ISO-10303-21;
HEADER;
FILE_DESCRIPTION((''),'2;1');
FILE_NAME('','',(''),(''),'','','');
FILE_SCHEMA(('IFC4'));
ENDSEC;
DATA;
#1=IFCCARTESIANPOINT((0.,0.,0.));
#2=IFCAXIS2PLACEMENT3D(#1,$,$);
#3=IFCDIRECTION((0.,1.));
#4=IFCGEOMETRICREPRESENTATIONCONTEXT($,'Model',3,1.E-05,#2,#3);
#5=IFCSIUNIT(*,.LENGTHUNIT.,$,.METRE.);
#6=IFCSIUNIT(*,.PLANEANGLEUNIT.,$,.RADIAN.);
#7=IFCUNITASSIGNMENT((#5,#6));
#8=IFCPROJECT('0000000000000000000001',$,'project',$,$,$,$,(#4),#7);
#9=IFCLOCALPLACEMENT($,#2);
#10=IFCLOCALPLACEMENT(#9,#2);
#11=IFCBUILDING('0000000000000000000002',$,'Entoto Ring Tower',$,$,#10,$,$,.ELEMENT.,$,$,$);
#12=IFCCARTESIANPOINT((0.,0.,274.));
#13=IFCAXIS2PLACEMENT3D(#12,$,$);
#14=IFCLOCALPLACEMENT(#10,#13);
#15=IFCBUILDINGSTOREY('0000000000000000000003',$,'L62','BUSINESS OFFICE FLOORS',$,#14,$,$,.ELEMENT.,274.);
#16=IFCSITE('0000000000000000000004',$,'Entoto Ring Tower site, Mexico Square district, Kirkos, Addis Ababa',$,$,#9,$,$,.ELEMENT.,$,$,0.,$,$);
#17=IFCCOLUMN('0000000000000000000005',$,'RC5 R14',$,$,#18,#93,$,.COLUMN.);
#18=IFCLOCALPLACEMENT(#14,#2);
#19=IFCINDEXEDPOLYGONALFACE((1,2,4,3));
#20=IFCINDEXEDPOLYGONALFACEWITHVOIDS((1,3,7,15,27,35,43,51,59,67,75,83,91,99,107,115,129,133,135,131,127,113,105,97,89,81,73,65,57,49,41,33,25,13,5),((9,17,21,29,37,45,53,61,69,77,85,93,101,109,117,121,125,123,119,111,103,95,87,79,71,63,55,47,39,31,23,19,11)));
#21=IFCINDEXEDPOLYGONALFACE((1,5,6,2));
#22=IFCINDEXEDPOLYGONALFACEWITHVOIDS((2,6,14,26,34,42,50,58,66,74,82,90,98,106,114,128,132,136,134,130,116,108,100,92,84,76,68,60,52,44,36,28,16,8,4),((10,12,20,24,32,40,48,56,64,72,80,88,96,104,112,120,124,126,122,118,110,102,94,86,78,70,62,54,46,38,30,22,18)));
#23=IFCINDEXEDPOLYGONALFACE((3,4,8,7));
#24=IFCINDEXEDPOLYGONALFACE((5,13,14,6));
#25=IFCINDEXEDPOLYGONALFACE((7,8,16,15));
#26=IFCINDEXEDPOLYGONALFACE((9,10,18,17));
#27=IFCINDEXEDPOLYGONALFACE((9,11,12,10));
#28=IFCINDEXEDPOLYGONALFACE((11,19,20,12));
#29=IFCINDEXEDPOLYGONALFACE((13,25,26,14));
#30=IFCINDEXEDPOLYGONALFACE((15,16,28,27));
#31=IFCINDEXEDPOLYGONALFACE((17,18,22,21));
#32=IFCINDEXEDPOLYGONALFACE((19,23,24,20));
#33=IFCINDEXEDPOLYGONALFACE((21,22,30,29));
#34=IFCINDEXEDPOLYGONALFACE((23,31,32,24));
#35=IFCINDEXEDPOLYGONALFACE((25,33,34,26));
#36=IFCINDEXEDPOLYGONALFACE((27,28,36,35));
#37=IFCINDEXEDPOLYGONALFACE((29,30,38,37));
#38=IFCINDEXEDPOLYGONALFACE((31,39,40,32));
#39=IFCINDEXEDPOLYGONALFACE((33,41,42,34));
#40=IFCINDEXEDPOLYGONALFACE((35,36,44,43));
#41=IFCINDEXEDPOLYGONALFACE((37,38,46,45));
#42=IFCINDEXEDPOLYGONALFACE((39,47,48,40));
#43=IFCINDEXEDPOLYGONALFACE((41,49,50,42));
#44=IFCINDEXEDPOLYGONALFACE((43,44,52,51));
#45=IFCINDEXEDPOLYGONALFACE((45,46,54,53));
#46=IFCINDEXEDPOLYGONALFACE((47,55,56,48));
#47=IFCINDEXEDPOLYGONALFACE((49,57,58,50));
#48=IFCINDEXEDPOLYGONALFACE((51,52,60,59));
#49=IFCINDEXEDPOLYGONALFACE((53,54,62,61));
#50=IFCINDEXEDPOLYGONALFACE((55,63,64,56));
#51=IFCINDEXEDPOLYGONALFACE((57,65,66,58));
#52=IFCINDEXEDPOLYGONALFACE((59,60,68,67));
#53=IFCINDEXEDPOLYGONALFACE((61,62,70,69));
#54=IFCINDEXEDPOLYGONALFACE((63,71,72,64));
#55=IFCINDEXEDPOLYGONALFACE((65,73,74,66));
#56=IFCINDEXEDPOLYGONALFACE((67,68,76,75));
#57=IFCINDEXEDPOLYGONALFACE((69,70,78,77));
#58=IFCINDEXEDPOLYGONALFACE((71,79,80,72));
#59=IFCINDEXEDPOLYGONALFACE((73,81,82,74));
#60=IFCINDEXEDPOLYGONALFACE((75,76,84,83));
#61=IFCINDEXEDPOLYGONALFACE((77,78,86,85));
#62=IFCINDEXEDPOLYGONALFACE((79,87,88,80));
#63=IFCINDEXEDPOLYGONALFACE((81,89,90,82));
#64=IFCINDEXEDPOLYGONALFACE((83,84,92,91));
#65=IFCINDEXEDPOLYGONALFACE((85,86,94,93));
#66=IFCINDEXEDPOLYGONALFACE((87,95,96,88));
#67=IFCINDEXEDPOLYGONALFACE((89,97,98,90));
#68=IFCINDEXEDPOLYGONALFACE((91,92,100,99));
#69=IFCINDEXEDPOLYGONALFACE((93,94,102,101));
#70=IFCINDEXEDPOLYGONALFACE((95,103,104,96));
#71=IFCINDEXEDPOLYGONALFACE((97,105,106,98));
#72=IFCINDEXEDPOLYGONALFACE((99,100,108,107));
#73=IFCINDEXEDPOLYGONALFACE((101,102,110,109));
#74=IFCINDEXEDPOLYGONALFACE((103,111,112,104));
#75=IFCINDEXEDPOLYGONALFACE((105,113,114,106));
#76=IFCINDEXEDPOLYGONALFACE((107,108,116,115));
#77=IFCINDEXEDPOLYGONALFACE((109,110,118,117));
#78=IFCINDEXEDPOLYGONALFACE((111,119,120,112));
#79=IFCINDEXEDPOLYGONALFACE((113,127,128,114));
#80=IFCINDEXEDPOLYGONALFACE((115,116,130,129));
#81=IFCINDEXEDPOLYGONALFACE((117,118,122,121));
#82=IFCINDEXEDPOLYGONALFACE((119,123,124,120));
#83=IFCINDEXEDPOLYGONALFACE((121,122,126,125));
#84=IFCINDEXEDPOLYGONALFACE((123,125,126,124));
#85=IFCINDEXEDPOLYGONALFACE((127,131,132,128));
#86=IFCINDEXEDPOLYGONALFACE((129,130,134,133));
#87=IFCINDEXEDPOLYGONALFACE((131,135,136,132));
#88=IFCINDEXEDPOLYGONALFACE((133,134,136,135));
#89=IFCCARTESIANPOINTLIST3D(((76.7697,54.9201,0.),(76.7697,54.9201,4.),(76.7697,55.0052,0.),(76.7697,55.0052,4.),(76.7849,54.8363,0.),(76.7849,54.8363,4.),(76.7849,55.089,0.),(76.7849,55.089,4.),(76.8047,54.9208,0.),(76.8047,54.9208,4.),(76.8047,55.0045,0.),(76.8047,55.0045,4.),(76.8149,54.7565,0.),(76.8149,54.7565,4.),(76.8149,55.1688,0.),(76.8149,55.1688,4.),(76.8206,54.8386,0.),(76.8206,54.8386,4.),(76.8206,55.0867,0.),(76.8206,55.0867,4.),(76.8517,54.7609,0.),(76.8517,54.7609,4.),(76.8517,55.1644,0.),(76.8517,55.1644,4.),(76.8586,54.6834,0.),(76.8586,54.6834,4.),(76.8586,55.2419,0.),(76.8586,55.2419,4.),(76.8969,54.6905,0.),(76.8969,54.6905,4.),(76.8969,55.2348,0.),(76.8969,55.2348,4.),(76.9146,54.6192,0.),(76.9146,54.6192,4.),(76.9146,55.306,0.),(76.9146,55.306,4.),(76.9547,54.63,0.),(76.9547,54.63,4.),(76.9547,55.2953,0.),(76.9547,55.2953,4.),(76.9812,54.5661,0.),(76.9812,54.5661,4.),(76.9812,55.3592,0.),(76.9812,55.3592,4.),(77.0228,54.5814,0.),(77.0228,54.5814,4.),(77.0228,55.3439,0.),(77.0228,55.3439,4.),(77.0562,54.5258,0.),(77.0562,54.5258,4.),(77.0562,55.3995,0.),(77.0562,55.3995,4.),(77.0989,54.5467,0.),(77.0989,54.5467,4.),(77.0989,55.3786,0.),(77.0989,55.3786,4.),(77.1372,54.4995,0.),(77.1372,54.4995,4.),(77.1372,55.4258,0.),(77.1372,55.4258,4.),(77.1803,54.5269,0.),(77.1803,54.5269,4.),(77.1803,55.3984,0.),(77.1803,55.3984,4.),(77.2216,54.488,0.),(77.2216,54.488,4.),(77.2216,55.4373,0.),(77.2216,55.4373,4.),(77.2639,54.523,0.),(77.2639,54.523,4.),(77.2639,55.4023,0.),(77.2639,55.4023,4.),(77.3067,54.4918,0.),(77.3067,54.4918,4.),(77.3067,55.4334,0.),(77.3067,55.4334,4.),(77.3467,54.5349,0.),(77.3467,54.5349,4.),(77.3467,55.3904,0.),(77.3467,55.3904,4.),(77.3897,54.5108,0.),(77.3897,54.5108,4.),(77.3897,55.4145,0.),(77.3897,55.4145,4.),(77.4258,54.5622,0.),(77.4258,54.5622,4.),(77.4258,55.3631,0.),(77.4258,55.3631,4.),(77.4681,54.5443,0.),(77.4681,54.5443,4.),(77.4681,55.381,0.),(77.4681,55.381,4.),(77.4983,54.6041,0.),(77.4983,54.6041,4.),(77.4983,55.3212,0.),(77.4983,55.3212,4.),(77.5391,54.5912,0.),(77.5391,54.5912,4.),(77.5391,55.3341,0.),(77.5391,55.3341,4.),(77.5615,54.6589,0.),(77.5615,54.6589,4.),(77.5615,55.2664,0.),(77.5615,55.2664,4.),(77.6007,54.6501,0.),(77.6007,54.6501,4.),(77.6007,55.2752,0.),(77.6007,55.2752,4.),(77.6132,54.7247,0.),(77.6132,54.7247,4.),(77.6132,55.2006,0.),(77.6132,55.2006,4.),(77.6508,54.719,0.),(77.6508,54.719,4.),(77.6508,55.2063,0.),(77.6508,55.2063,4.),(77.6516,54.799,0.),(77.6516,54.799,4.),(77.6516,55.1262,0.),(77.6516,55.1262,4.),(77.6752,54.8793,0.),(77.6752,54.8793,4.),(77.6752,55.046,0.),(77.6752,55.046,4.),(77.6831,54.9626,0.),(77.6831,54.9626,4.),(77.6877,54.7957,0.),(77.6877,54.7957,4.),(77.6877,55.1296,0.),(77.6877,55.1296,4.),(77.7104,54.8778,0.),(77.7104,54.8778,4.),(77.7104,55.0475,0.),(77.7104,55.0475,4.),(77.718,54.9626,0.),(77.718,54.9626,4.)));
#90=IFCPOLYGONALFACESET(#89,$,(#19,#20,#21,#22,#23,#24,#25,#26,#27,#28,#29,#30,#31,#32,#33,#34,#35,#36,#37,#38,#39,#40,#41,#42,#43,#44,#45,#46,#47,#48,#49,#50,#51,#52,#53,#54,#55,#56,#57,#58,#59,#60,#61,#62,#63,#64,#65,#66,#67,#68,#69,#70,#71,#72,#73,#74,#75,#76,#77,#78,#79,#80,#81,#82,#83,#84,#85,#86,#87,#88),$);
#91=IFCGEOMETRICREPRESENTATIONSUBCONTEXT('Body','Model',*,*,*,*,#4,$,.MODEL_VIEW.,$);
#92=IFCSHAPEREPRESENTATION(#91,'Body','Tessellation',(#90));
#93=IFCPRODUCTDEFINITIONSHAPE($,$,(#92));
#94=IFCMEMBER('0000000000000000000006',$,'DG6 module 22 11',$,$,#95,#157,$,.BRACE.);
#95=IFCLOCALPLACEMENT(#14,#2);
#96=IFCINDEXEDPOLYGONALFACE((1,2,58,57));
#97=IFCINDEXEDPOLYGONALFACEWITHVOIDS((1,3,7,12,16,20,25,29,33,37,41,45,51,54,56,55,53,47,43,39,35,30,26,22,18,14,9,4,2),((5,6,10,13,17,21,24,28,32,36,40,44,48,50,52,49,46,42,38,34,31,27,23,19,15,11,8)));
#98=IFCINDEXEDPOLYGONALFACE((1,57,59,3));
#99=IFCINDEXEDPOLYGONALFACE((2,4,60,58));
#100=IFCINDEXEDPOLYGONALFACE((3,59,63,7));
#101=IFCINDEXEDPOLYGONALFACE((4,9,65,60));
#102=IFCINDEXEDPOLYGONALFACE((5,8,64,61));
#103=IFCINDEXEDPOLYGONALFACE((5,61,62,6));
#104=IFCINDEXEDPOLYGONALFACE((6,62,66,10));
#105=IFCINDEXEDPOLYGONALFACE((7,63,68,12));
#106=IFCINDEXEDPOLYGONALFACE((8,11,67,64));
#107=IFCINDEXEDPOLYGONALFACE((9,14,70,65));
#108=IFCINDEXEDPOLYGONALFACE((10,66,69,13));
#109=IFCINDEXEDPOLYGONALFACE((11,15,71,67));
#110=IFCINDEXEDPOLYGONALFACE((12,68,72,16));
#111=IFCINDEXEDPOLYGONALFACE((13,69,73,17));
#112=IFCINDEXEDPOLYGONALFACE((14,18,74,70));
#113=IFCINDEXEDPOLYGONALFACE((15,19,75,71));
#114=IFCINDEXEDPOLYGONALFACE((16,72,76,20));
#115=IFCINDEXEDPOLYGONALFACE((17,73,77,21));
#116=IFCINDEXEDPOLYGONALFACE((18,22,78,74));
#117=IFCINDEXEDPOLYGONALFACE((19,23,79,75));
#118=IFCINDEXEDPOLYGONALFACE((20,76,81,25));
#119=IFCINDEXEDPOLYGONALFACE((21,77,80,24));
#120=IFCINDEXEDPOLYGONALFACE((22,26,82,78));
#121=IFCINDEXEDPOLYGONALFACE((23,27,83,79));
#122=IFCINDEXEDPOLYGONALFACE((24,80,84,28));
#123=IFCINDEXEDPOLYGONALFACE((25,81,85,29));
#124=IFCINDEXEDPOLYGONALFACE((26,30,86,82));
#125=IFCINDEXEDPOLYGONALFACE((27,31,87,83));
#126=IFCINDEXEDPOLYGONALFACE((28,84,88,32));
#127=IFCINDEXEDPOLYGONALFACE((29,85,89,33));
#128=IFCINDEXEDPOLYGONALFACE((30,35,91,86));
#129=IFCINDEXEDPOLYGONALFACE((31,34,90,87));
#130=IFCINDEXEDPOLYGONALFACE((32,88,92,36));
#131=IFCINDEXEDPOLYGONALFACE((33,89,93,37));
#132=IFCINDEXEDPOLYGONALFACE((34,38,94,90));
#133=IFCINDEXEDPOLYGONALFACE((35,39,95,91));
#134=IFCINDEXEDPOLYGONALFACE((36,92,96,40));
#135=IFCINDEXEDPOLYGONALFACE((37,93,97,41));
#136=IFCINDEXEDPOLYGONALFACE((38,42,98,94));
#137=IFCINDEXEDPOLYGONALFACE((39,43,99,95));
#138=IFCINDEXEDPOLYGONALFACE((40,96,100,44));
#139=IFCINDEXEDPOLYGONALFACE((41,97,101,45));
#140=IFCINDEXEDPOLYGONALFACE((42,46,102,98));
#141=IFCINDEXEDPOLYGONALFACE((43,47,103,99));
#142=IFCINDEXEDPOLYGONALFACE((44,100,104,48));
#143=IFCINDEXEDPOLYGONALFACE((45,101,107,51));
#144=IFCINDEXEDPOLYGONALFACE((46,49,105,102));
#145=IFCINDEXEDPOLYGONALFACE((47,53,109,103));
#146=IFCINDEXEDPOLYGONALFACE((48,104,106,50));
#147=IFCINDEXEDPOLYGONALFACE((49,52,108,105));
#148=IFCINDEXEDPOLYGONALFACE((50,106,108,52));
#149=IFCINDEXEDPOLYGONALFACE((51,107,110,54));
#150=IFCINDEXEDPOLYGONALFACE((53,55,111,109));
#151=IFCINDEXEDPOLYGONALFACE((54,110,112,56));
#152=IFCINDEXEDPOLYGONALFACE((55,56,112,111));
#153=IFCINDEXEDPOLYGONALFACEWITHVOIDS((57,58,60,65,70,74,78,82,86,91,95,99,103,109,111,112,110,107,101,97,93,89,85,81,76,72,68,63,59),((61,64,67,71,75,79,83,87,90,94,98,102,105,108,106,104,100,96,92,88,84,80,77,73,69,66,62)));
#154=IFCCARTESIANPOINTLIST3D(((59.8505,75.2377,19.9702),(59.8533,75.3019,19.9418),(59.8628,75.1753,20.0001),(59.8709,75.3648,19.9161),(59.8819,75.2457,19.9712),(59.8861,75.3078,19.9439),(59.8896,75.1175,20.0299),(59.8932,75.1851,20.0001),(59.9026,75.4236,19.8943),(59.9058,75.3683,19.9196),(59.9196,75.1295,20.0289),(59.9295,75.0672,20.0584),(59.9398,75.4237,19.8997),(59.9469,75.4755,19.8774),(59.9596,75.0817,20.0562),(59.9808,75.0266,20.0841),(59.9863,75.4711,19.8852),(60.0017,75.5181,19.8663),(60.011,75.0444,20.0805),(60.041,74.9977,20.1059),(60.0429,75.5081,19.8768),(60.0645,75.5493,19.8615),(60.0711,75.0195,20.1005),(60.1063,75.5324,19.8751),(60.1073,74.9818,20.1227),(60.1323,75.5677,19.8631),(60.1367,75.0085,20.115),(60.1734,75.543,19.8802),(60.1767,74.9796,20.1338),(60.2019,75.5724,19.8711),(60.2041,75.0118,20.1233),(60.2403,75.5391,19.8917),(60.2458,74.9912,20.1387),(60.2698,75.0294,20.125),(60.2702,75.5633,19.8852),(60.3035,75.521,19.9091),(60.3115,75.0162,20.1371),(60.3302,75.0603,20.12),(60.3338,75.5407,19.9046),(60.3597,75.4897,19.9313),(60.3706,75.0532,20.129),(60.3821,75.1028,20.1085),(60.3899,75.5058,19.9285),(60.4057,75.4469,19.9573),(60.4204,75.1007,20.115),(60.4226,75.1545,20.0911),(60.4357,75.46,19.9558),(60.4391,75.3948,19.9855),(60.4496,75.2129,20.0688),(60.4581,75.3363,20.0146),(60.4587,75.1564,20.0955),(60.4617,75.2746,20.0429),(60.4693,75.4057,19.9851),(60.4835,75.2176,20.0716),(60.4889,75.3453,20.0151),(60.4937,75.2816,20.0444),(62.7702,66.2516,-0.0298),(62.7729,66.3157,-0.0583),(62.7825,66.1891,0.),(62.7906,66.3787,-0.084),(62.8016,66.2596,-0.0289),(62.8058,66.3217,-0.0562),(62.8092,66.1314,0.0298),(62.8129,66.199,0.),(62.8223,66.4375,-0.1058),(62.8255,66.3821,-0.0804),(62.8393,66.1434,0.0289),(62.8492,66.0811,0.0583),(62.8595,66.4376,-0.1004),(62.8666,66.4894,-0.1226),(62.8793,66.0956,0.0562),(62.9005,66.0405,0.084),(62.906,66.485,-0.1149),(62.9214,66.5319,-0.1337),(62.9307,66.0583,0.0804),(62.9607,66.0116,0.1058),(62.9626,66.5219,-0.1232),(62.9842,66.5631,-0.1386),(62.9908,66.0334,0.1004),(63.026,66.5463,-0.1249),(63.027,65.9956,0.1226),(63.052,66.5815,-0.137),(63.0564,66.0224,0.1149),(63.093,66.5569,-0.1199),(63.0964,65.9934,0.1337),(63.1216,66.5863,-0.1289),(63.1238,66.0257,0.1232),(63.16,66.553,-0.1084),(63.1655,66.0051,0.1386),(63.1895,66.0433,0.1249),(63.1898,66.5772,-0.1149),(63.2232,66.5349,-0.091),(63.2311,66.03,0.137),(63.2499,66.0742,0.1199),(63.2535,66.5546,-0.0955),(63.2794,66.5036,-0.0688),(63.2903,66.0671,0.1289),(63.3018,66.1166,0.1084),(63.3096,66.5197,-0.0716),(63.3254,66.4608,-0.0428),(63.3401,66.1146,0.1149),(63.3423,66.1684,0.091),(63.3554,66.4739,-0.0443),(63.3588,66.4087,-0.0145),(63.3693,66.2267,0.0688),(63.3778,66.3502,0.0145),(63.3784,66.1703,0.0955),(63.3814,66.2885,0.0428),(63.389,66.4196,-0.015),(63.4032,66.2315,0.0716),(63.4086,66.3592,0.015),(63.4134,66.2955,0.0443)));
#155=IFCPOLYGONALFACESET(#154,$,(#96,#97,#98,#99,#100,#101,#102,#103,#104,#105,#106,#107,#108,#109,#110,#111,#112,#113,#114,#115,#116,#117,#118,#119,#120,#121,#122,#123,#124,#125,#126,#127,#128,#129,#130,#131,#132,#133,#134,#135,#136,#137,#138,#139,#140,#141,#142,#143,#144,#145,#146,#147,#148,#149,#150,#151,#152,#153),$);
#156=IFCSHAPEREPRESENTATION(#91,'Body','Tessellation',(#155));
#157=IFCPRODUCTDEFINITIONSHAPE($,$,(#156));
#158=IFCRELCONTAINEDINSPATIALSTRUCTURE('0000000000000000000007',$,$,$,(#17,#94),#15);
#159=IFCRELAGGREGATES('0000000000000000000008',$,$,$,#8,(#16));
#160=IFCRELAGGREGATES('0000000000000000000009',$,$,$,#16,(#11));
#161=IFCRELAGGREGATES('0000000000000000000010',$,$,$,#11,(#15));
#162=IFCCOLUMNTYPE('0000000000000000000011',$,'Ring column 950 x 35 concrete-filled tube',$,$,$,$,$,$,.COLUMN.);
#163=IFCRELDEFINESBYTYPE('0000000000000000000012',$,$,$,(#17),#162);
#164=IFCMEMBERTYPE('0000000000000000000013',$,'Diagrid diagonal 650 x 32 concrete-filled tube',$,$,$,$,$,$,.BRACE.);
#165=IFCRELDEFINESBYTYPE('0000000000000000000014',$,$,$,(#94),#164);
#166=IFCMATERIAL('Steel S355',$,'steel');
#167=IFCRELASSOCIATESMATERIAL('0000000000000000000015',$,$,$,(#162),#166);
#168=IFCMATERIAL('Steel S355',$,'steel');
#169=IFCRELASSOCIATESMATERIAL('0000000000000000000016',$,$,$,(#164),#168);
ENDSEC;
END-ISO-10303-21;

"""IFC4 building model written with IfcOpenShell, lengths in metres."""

from ifc_helpers import new_model, si_unit, direction, frame, origin, origin_2d, place, context, subcontext, project, spatial, circle, hollow_circle, extrude, material, material_profile, profile_set, type_object, element, save


model = new_model("IFC4")

# Units and contexts
model_context = context("Model", 3, precision=1e-05, world=origin(), true_north=direction((0.0, 1.0)))
body_context = subcontext(model_context, "Body", "Model", "MODEL_VIEW")
ifc_project = project(units=[si_unit("LENGTHUNIT", "METRE"), si_unit("PLANEANGLEUNIT", "RADIAN")], contexts=[model_context])

# Site, building, storey
site_placement = place(None, origin())
site = spatial("IfcSite", under=ifc_project, at=site_placement, Name="Entoto Ring Tower site, Mexico Square district, Kirkos, Addis Ababa", CompositionType="ELEMENT", RefElevation=0.0)
building_placement = place(site_placement, origin())
building = spatial("IfcBuilding", under=site, at=building_placement, Name="Entoto Ring Tower", CompositionType="ELEMENT")
storey_placement = place(building_placement, frame((0.0, 0.0, 274.0)))
storey = spatial("IfcBuildingStorey", under=building, at=storey_placement, Name="L62", Description="BUSINESS OFFICE FLOORS", CompositionType="ELEMENT", Elevation=274.0)

# Column
ifc_material_1 = material(Name="Steel S355", Category="steel")
ifc_material_profile_1 = material_profile(ifc_material_1, hollow_circle(Radius=0.4751, WallThickness=0.0349, at=origin_2d()), Name="CHS 950 x 35")
ifc_material_2 = material(Name="Concrete C60/75", Category="concrete")
ifc_material_profile_2 = material_profile(ifc_material_2, circle(Radius=0.4399, at=origin_2d()), Name="Concrete C60/75 infill")
ifc_profile_set_1 = profile_set([ifc_material_profile_1, ifc_material_profile_2], Name="Steel S355")
column_type = type_object("IfcColumnType", Name="Ring column 950 x 35 concrete-filled tube", PredefinedType="COLUMN", material=ifc_profile_set_1)
for number, where, z_axis, x_axis, name in (
    (1, (77.2429, 54.9626, 0.0), (0.0, 0.0, 1.0), (1.0, 0.0, 0.0), "RC5 R14"),
):
    element("IfcColumn", number, at=place(storey_placement, frame(where, z_axis=z_axis, x_axis=x_axis)), inside=storey, type_object=column_type, Name=name, PredefinedType="COLUMN", context=body_context, shape_type="SweptSolid", body=[
        extrude(hollow_circle(Radius=0.4751, WallThickness=0.0349, at=origin_2d()), origin(), (0.0, 0.0, 1.0), 4.0),
    ])

# Member
ifc_material_3 = material(Name="Steel S355", Category="steel")
ifc_material_profile_3 = material_profile(ifc_material_3, hollow_circle(Radius=0.325, WallThickness=0.032, at=origin_2d()), Name="CHS 650 x 32")
ifc_material_4 = material(Name="Concrete C60/75", Category="concrete")
ifc_material_profile_4 = material_profile(ifc_material_4, circle(Radius=0.293, at=origin_2d()), Name="Concrete C60/75 infill")
ifc_profile_set_2 = profile_set([ifc_material_profile_3, ifc_material_profile_4], Name="Steel S355")
member_type_1 = type_object("IfcMemberType", Name="Diagrid diagonal 650 x 32 concrete-filled tube", PredefinedType="BRACE", material=ifc_profile_set_2)
for number, where, z_axis, x_axis, name in (
    (2, (63.0916, 66.2896, 0.0), (-0.131995, 0.406251, 0.904178), (-0.951059, -0.30901, 0.0), "DG6 module 22 11"),
):
    element("IfcMember", number, at=place(storey_placement, frame(where, z_axis=z_axis, x_axis=x_axis)), inside=storey, type_object=member_type_1, Name=name, PredefinedType="BRACE", context=body_context, shape_type="SweptSolid", body=[
        extrude(hollow_circle(Radius=0.325, WallThickness=0.032, at=origin_2d()), origin(), (0.0, 0.0, 1.0), 22.1196),
    ])

save(model, "model.ifc")
